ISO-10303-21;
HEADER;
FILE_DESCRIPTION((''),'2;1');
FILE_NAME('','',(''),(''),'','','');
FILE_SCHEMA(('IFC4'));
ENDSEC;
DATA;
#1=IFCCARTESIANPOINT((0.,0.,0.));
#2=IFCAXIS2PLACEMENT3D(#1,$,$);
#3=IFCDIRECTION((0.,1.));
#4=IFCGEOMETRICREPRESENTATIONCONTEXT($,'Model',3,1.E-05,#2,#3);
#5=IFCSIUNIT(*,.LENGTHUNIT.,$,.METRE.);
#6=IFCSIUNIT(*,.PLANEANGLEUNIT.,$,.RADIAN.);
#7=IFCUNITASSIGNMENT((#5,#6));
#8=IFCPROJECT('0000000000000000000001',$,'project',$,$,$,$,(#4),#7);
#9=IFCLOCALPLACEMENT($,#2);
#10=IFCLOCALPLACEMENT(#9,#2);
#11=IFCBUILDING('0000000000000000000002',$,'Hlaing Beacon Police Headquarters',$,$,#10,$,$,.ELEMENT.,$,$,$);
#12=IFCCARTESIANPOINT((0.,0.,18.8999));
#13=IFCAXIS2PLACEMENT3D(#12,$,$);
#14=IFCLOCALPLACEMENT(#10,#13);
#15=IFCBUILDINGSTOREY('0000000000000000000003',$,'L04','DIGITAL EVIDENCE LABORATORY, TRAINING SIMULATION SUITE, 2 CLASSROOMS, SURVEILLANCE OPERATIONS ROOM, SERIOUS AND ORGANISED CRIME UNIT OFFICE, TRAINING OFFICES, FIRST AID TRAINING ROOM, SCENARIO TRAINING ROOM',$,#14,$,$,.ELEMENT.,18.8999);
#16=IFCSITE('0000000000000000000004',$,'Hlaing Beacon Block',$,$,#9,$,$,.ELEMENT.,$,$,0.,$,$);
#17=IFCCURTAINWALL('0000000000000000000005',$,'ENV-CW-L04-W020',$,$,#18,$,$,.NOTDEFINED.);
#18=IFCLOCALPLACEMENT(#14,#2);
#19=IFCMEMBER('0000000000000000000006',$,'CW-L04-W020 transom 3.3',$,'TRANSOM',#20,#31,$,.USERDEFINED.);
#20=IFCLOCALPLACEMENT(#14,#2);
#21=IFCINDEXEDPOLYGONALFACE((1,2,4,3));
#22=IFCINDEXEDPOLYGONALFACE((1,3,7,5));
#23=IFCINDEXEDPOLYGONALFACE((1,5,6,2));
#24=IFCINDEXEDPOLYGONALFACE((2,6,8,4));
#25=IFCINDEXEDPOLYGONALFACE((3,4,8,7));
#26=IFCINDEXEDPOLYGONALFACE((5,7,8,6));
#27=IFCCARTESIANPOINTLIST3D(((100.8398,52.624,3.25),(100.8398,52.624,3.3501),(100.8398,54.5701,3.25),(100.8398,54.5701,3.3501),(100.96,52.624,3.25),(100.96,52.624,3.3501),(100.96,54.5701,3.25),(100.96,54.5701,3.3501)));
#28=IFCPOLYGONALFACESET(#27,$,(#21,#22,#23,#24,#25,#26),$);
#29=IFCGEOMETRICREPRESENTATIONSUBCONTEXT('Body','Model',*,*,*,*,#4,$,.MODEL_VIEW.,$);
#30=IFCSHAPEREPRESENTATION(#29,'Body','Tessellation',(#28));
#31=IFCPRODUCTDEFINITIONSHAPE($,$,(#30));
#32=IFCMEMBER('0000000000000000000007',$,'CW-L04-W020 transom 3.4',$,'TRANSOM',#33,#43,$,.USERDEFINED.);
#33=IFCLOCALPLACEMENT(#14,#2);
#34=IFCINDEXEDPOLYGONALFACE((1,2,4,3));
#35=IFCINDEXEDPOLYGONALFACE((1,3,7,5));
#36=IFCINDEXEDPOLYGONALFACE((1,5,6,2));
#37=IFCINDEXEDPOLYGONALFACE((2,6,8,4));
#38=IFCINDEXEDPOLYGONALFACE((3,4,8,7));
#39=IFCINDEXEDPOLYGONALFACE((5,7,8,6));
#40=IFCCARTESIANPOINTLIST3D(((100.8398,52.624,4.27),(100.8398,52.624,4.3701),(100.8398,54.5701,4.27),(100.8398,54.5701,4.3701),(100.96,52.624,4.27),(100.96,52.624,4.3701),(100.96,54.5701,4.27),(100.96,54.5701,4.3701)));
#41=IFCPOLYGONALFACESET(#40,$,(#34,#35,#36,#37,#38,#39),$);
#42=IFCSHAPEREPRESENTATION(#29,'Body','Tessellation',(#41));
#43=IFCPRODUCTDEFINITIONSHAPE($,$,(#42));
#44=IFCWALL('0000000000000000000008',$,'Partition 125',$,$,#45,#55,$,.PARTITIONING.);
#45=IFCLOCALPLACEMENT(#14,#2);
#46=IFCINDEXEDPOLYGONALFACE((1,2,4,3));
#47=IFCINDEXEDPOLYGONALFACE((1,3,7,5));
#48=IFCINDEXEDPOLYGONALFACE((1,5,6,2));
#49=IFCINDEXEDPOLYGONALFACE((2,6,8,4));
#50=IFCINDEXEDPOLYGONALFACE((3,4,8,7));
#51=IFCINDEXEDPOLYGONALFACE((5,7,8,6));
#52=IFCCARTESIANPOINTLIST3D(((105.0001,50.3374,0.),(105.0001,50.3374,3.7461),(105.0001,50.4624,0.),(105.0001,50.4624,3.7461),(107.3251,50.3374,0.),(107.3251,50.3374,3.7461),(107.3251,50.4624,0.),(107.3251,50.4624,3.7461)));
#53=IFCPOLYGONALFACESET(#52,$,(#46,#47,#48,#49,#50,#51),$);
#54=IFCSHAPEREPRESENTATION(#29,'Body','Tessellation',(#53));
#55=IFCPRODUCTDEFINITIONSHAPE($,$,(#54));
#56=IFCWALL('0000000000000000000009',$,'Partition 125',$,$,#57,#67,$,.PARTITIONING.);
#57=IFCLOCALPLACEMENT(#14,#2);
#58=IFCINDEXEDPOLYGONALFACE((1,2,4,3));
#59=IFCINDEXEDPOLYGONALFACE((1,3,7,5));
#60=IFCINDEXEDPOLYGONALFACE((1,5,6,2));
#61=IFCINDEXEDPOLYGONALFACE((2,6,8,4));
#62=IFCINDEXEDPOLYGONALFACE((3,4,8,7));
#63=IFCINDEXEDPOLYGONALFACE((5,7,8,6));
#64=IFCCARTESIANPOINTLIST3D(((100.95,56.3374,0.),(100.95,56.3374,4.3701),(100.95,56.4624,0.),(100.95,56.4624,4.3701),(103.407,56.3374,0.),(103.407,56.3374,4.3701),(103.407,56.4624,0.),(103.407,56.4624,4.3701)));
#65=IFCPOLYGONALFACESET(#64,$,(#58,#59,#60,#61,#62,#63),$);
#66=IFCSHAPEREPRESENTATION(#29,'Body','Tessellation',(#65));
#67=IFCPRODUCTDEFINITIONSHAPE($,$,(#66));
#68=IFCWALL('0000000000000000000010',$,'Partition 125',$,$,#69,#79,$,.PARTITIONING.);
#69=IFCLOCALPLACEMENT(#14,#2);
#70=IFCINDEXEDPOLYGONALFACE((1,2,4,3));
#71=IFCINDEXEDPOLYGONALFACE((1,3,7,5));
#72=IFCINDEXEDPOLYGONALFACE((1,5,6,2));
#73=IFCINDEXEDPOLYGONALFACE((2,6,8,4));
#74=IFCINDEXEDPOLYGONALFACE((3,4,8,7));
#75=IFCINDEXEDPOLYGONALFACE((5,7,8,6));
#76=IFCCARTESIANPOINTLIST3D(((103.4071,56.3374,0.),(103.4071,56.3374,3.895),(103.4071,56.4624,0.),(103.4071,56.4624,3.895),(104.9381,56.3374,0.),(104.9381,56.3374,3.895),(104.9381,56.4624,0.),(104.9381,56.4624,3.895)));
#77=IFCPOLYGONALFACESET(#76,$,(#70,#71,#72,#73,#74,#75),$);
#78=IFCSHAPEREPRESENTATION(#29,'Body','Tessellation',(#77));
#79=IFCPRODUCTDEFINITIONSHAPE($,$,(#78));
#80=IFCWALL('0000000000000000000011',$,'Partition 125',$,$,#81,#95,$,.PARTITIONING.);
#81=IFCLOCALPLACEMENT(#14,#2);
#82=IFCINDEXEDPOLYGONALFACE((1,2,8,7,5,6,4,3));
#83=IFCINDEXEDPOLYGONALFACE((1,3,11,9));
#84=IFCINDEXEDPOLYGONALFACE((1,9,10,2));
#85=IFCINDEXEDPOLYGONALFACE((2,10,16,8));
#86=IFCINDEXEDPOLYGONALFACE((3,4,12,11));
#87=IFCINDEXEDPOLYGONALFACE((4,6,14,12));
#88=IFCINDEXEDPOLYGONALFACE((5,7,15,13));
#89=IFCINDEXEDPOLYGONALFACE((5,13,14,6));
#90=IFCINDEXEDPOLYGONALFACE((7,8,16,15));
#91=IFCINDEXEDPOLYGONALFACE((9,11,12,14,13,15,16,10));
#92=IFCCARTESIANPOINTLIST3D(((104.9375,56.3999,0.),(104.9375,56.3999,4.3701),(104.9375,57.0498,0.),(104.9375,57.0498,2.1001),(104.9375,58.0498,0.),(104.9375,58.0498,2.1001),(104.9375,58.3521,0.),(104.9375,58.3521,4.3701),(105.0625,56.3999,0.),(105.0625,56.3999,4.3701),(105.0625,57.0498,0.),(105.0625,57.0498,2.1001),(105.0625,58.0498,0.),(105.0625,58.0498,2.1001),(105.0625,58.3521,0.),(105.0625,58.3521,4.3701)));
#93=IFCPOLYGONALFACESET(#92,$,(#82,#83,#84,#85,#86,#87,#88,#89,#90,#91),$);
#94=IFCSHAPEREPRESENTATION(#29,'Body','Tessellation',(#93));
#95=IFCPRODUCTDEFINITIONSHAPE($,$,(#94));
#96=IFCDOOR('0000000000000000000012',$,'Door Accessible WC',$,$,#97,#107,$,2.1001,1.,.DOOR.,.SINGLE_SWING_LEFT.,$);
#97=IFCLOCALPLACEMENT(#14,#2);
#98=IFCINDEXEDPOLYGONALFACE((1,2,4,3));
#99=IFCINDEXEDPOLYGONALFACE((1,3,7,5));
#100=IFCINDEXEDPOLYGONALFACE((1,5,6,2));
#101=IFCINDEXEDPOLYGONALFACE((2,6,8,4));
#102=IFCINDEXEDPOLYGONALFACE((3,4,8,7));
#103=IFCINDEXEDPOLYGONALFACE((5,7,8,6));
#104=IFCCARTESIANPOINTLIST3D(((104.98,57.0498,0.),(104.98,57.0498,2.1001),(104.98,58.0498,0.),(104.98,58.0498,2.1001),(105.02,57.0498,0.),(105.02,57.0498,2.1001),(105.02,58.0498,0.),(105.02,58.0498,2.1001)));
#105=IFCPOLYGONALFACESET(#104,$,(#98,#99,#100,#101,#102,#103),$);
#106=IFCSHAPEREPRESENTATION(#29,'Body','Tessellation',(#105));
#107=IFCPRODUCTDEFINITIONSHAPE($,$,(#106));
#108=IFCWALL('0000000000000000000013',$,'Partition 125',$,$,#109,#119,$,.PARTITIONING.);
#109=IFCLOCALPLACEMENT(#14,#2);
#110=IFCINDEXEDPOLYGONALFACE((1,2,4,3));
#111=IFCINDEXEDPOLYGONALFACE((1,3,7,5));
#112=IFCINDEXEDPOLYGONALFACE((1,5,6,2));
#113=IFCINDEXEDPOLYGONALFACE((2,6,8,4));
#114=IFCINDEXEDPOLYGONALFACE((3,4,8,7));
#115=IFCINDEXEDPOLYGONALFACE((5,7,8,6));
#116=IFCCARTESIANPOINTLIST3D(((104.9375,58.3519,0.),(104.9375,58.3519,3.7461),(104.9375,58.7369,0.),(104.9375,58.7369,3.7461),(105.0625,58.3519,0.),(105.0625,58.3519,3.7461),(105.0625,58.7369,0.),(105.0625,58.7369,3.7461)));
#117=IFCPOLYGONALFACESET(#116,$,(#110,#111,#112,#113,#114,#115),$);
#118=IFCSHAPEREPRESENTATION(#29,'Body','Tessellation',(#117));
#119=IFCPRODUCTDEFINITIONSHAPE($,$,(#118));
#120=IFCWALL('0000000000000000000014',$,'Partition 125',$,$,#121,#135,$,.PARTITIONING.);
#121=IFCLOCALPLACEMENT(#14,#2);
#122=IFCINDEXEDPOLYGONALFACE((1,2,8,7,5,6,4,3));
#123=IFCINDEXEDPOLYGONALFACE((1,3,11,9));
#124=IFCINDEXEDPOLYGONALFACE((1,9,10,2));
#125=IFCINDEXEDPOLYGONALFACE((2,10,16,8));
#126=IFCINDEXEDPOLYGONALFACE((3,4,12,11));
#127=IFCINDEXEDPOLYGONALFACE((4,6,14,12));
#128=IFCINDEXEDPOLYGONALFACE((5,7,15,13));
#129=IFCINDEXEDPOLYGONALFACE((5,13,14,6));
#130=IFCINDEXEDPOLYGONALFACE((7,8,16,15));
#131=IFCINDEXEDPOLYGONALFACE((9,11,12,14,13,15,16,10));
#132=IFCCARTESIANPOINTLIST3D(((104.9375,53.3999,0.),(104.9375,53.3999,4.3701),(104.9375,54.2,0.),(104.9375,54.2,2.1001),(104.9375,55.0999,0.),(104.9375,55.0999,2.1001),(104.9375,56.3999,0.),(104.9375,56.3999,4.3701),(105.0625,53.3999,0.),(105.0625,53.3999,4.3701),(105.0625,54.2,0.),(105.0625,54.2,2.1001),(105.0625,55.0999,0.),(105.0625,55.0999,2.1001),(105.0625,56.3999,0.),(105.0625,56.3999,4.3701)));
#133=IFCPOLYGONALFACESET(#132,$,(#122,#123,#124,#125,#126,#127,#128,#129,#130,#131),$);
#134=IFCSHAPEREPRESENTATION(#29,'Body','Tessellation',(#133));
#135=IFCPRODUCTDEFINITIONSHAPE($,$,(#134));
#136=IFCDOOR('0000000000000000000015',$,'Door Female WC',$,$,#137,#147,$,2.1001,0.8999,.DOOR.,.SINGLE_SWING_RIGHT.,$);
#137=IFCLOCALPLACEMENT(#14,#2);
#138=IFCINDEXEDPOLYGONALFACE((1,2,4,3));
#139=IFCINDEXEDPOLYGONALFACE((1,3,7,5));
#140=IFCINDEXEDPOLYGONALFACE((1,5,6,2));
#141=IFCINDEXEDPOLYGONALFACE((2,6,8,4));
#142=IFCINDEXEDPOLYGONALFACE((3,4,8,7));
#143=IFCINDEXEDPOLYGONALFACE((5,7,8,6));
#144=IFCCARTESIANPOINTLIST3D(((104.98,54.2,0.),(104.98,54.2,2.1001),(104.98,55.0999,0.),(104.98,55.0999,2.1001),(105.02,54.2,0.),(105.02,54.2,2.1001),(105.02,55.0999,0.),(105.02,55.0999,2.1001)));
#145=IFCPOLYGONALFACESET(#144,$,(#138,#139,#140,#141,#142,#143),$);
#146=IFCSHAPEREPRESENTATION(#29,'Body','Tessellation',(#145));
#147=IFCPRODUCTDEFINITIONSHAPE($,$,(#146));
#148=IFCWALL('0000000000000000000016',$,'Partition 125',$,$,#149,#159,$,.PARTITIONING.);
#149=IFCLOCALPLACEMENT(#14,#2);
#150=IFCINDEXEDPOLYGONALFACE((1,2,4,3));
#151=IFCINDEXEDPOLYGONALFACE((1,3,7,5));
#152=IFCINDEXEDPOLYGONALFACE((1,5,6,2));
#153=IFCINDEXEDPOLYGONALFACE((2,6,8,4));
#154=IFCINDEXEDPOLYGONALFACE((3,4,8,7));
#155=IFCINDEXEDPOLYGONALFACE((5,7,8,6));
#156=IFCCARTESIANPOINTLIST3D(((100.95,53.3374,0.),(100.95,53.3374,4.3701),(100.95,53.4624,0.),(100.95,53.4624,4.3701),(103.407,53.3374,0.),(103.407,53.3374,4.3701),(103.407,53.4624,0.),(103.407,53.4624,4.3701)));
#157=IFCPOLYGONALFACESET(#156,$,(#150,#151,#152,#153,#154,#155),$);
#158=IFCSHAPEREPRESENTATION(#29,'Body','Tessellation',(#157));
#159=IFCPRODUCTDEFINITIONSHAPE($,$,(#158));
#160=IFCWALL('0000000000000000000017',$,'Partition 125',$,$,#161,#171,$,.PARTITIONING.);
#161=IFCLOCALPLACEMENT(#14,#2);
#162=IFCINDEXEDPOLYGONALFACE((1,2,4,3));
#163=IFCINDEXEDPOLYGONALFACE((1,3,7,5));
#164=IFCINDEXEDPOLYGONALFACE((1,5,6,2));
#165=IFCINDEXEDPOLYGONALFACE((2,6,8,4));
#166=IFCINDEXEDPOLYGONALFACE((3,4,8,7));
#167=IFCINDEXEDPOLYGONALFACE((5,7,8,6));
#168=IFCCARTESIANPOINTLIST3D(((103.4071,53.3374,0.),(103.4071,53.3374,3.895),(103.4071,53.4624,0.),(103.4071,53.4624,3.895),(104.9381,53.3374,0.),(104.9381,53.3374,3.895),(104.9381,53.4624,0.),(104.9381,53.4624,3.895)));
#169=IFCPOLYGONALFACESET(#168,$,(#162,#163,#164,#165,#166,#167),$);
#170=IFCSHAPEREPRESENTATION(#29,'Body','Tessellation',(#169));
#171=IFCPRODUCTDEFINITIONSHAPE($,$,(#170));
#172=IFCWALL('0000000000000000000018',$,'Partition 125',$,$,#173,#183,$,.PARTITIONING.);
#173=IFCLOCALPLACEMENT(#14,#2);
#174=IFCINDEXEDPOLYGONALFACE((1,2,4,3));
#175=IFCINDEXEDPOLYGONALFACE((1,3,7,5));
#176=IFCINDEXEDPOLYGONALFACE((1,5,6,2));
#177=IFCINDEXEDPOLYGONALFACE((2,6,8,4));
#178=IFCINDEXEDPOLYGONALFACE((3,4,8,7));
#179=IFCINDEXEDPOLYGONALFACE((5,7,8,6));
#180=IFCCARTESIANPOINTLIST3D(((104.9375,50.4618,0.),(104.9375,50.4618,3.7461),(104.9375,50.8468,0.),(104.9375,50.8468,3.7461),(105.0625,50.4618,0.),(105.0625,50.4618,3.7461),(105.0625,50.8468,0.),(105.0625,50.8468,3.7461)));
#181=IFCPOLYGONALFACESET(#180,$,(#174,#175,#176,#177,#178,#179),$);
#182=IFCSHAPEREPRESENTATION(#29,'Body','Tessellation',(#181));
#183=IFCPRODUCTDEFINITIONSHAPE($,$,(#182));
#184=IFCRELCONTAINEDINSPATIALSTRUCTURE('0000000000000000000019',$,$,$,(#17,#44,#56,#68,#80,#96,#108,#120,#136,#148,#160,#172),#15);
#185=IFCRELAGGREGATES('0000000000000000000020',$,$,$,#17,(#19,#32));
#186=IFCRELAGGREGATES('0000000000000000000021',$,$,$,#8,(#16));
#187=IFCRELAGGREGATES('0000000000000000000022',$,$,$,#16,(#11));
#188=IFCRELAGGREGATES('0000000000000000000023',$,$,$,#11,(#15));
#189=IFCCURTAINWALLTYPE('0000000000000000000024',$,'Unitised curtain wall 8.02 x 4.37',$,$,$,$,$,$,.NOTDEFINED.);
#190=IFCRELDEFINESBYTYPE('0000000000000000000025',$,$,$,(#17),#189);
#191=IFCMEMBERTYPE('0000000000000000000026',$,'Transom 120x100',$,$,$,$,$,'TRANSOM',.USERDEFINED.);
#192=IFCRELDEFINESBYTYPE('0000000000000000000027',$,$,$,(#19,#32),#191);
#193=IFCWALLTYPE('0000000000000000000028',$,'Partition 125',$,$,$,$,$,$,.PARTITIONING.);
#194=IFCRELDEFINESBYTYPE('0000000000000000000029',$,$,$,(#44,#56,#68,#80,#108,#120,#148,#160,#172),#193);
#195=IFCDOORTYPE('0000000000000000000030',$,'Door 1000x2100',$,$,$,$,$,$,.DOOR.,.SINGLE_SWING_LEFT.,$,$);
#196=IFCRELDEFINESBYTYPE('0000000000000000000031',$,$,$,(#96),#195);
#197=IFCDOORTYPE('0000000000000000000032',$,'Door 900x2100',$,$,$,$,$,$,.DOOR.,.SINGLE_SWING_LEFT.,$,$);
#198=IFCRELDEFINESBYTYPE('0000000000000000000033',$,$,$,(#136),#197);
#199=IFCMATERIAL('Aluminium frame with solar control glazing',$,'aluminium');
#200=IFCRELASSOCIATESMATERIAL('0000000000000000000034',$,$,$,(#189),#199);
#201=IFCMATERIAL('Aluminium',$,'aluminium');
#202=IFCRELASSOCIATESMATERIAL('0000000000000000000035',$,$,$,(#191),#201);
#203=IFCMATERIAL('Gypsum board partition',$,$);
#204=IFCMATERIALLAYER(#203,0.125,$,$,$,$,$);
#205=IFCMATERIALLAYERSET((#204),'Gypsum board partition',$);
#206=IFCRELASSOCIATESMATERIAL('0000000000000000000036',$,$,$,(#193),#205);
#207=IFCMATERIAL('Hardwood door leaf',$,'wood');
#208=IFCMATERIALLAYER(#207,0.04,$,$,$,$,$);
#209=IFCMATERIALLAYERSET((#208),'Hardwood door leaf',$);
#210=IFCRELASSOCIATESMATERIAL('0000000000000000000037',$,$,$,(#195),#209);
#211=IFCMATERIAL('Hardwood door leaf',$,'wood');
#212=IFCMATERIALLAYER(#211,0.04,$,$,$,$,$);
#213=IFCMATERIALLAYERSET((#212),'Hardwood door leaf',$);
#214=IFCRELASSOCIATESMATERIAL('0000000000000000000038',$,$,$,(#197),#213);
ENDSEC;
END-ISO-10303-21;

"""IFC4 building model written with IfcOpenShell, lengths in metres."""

from ifc_helpers import new_model, si_unit, direction, frame, frame_2d, origin, origin_2d, place, context, subcontext, project, spatial, rectangle, extrude, material, layer, layer_set, material_profile, profile_set, type_object, element, fill, aggregate, save


model = new_model("IFC4")

# Units and contexts
model_context = context("Model", 3, precision=1e-05, world=origin(), true_north=direction((0.0, 1.0)))
body_context = subcontext(model_context, "Body", "Model", "MODEL_VIEW")
ifc_project = project(units=[si_unit("LENGTHUNIT", "METRE"), si_unit("PLANEANGLEUNIT", "RADIAN")], contexts=[model_context])

# Site, building, storey
site_placement = place(None, origin())
site = spatial("IfcSite", under=ifc_project, at=site_placement, Name="Hlaing Beacon Block", CompositionType="ELEMENT", RefElevation=0.0)
building_placement = place(site_placement, origin())
building = spatial("IfcBuilding", under=site, at=building_placement, Name="Hlaing Beacon Police Headquarters", CompositionType="ELEMENT")
storey_placement = place(building_placement, frame((0.0, 0.0, 18.8999)))
storey = spatial("IfcBuildingStorey", under=building, at=storey_placement, Name="L04", Description="DIGITAL EVIDENCE LABORATORY, TRAINING SIMULATION SUITE, 2 CLASSROOMS, SURVEILLANCE OPERATIONS ROOM, SERIOUS AND ORGANISED CRIME UNIT OFFICE, TRAINING OFFICES, FIRST AID TRAINING ROOM, SCENARIO TRAINING ROOM", CompositionType="ELEMENT", Elevation=18.8999)

# Curtain wall
ifc_material_1 = material(Name="Aluminium frame with solar control glazing", Category="aluminium")
curtain_wall_type = type_object("IfcCurtainWallType", Name="Unitised curtain wall 8.02 x 4.37", PredefinedType="NOTDEFINED", material=ifc_material_1)
curtain_wall_placement = place(storey_placement, origin())
curtain_wall = element("IfcCurtainWall", 1, at=curtain_wall_placement, inside=storey, type_object=curtain_wall_type, Name="ENV-CW-L04-W020", PredefinedType="NOTDEFINED")

# Members
ifc_material_2 = material(Name="Aluminium", Category="aluminium")
ifc_material_profile_1 = material_profile(ifc_material_2, rectangle(XDim=0.1201, YDim=0.1001, at=origin_2d()), Name="Transom 120x100")
ifc_profile_set_1 = profile_set([ifc_material_profile_1], Name="Aluminium")
member_type_1 = type_object("IfcMemberType", Name="Transom 120x100", ElementType="TRANSOM", PredefinedType="USERDEFINED", material=ifc_profile_set_1)
member_1_placement = place(storey_placement, frame((100.8999, 54.5701, 3.3), z_axis=(0.0, -1.0, 0.0), x_axis=(1.0, 0.0, 0.0)))
member_1 = element("IfcMember", 2, at=member_1_placement, type_object=member_type_1, Name="CW-L04-W020 transom 3.3", ObjectType="TRANSOM", PredefinedType="USERDEFINED", context=body_context, shape_type="SweptSolid", body=[
    extrude(rectangle(XDim=0.1201, YDim=0.1001, at=origin_2d()), origin(), (0.0, 0.0, 1.0), 1.946),
])
member_2_placement = place(storey_placement, frame((100.8999, 54.5701, 4.3201), z_axis=(0.0, -1.0, 0.0), x_axis=(1.0, 0.0, 0.0)))
member_2 = element("IfcMember", 3, at=member_2_placement, type_object=member_type_1, Name="CW-L04-W020 transom 3.4", ObjectType="TRANSOM", PredefinedType="USERDEFINED", context=body_context, shape_type="SweptSolid", body=[
    extrude(rectangle(XDim=0.1201, YDim=0.1001, at=origin_2d()), origin(), (0.0, 0.0, 1.0), 1.946),
])
aggregate(curtain_wall, [member_1, member_2])

# Walls
ifc_material_3 = material(Name="Gypsum board partition")
ifc_layer_1 = layer(ifc_material_3, 0.125)
ifc_layer_set_1 = layer_set([ifc_layer_1], Name="Gypsum board partition")
wall_type = type_object("IfcWallType", Name="Partition 125", PredefinedType="PARTITIONING", material=ifc_layer_set_1)
wall_1_placement = place(storey_placement, frame((105.0, 50.3999, 0.0), z_axis=(0.0, 0.0, 1.0), x_axis=(1.0, 0.0, 0.0)))
element("IfcWall", 4, at=wall_1_placement, inside=storey, type_object=wall_type, Name="Partition 125", PredefinedType="PARTITIONING", context=body_context, shape_type="SweptSolid", body=[
    extrude(rectangle(XDim=2.325, YDim=0.125, at=frame_2d((1.1626, 0.0))), origin(), (0.0, 0.0, 1.0), 3.7461),
])
wall_2_placement = place(storey_placement, frame((100.95, 56.3999, 0.0), z_axis=(0.0, 0.0, 1.0), x_axis=(1.0, 0.0, 0.0)))
element("IfcWall", 5, at=wall_2_placement, inside=storey, type_object=wall_type, Name="Partition 125", PredefinedType="PARTITIONING", context=body_context, shape_type="SweptSolid", body=[
    extrude(rectangle(XDim=2.457, YDim=0.125, at=frame_2d((1.2285, 0.0))), origin(), (0.0, 0.0, 1.0), 4.3701),
])
wall_3_placement = place(storey_placement, frame((103.407, 56.3999, 0.0), z_axis=(0.0, 0.0, 1.0), x_axis=(1.0, 0.0, 0.0)))
element("IfcWall", 6, at=wall_3_placement, inside=storey, type_object=wall_type, Name="Partition 125", PredefinedType="PARTITIONING", context=body_context, shape_type="SweptSolid", body=[
    extrude(rectangle(XDim=1.531, YDim=0.125, at=frame_2d((0.7656, 0.0))), origin(), (0.0, 0.0, 1.0), 3.895),
])

# Wall, opening, door
wall_4_placement = place(storey_placement, frame((105.0, 56.3999, 0.0), z_axis=(0.0, 0.0, 1.0), x_axis=(0.0, 1.0, 0.0)))
wall_4 = element("IfcWall", 7, at=wall_4_placement, inside=storey, type_object=wall_type, Name="Partition 125", PredefinedType="PARTITIONING", context=body_context, shape_type="SweptSolid", body=[
    extrude(rectangle(XDim=1.9521, YDim=0.125, at=frame_2d((0.9761, 0.0))), origin(), (0.0, 0.0, 1.0), 4.3701),
])
opening_1_placement = place(wall_4_placement, frame((0.6499, 0.0, 0.0)))
opening_1 = element("IfcOpeningElement", 8, at=opening_1_placement, cuts=wall_4, PredefinedType="OPENING", context=body_context, shape_type="SweptSolid", body=[
    extrude(rectangle(XDim=1.0, YDim=2.1001, at=frame_2d((0.5, 1.05))), frame((0.0, 0.0725, 0.0), z_axis=(0.0, -1.0, 0.0), x_axis=(1.0, 0.0, 0.0)), (0.0, 0.0, 1.0), 0.145),
])
ifc_material_4 = material(Name="Hardwood door leaf", Category="wood")
ifc_layer_2 = layer(ifc_material_4, 0.04)
ifc_layer_set_2 = layer_set([ifc_layer_2], Name="Hardwood door leaf")
door_type_1 = type_object("IfcDoorType", Name="Door 1000x2100", OperationType="SINGLE_SWING_LEFT", PredefinedType="DOOR", material=ifc_layer_set_2)
door_1_placement = place(opening_1_placement, origin())
door_1 = element("IfcDoor", 9, at=door_1_placement, inside=storey, type_object=door_type_1, Name="Door Accessible WC", OperationType="SINGLE_SWING_LEFT", OverallHeight=2.1001, OverallWidth=1.0, PredefinedType="DOOR", context=body_context, shape_type="SweptSolid", body=[
    extrude(rectangle(XDim=1.0, YDim=2.1001, at=frame_2d((0.5, 1.05))), frame((0.0, 0.02, 0.0), z_axis=(0.0, -1.0, 0.0), x_axis=(1.0, 0.0, 0.0)), (0.0, 0.0, 1.0), 0.04),
])
fill(opening_1, door_1)

# Wall
wall_5_placement = place(storey_placement, frame((105.0, 58.3521, 0.0), z_axis=(0.0, 0.0, 1.0), x_axis=(0.0, 1.0, 0.0)))
element("IfcWall", 10, at=wall_5_placement, inside=storey, type_object=wall_type, Name="Partition 125", PredefinedType="PARTITIONING", context=body_context, shape_type="SweptSolid", body=[
    extrude(rectangle(XDim=0.385, YDim=0.125, at=frame_2d((0.1924, 0.0))), origin(), (0.0, 0.0, 1.0), 3.7461),
])

# Wall, opening, door
wall_6_placement = place(storey_placement, frame((105.0, 53.3999, 0.0), z_axis=(0.0, 0.0, 1.0), x_axis=(0.0, 1.0, 0.0)))
wall_6 = element("IfcWall", 11, at=wall_6_placement, inside=storey, type_object=wall_type, Name="Partition 125", PredefinedType="PARTITIONING", context=body_context, shape_type="SweptSolid", body=[
    extrude(rectangle(XDim=3.0, YDim=0.125, at=frame_2d((1.5, 0.0))), origin(), (0.0, 0.0, 1.0), 4.3701),
])
opening_2_placement = place(wall_6_placement, frame((0.8, 0.0, 0.0)))
opening_2 = element("IfcOpeningElement", 12, at=opening_2_placement, cuts=wall_6, PredefinedType="OPENING", context=body_context, shape_type="SweptSolid", body=[
    extrude(rectangle(XDim=0.8999, YDim=2.1001, at=frame_2d((0.45, 1.05))), frame((0.0, 0.0725, 0.0), z_axis=(0.0, -1.0, 0.0), x_axis=(1.0, 0.0, 0.0)), (0.0, 0.0, 1.0), 0.145),
])
ifc_material_5 = material(Name="Hardwood door leaf", Category="wood")
ifc_layer_3 = layer(ifc_material_5, 0.04)
ifc_layer_set_3 = layer_set([ifc_layer_3], Name="Hardwood door leaf")
door_type_2 = type_object("IfcDoorType", Name="Door 900x2100", OperationType="SINGLE_SWING_LEFT", PredefinedType="DOOR", material=ifc_layer_set_3)
door_2_placement = place(opening_2_placement, origin())
door_2 = element("IfcDoor", 13, at=door_2_placement, inside=storey, type_object=door_type_2, Name="Door Female WC", OperationType="SINGLE_SWING_RIGHT", OverallHeight=2.1001, OverallWidth=0.8999, PredefinedType="DOOR", context=body_context, shape_type="SweptSolid", body=[
    extrude(rectangle(XDim=0.8999, YDim=2.1001, at=frame_2d((0.45, 1.05))), frame((0.0, 0.02, 0.0), z_axis=(0.0, -1.0, 0.0), x_axis=(1.0, 0.0, 0.0)), (0.0, 0.0, 1.0), 0.04),
])
fill(opening_2, door_2)

# Walls
wall_7_placement = place(storey_placement, frame((100.95, 53.3999, 0.0), z_axis=(0.0, 0.0, 1.0), x_axis=(1.0, 0.0, 0.0)))
element("IfcWall", 14, at=wall_7_placement, inside=storey, type_object=wall_type, Name="Partition 125", PredefinedType="PARTITIONING", context=body_context, shape_type="SweptSolid", body=[
    extrude(rectangle(XDim=2.457, YDim=0.125, at=frame_2d((1.2285, 0.0))), origin(), (0.0, 0.0, 1.0), 4.3701),
])
wall_8_placement = place(storey_placement, frame((103.407, 53.3999, 0.0), z_axis=(0.0, 0.0, 1.0), x_axis=(1.0, 0.0, 0.0)))
element("IfcWall", 15, at=wall_8_placement, inside=storey, type_object=wall_type, Name="Partition 125", PredefinedType="PARTITIONING", context=body_context, shape_type="SweptSolid", body=[
    extrude(rectangle(XDim=1.531, YDim=0.125, at=frame_2d((0.7656, 0.0))), origin(), (0.0, 0.0, 1.0), 3.895),
])
wall_9_placement = place(storey_placement, frame((105.0, 50.4619, 0.0), z_axis=(0.0, 0.0, 1.0), x_axis=(0.0, 1.0, 0.0)))
element("IfcWall", 16, at=wall_9_placement, inside=storey, type_object=wall_type, Name="Partition 125", PredefinedType="PARTITIONING", context=body_context, shape_type="SweptSolid", body=[
    extrude(rectangle(XDim=0.385, YDim=0.125, at=frame_2d((0.1924, 0.0))), origin(), (0.0, 0.0, 1.0), 3.7461),
])

save(model, "model.ifc")
